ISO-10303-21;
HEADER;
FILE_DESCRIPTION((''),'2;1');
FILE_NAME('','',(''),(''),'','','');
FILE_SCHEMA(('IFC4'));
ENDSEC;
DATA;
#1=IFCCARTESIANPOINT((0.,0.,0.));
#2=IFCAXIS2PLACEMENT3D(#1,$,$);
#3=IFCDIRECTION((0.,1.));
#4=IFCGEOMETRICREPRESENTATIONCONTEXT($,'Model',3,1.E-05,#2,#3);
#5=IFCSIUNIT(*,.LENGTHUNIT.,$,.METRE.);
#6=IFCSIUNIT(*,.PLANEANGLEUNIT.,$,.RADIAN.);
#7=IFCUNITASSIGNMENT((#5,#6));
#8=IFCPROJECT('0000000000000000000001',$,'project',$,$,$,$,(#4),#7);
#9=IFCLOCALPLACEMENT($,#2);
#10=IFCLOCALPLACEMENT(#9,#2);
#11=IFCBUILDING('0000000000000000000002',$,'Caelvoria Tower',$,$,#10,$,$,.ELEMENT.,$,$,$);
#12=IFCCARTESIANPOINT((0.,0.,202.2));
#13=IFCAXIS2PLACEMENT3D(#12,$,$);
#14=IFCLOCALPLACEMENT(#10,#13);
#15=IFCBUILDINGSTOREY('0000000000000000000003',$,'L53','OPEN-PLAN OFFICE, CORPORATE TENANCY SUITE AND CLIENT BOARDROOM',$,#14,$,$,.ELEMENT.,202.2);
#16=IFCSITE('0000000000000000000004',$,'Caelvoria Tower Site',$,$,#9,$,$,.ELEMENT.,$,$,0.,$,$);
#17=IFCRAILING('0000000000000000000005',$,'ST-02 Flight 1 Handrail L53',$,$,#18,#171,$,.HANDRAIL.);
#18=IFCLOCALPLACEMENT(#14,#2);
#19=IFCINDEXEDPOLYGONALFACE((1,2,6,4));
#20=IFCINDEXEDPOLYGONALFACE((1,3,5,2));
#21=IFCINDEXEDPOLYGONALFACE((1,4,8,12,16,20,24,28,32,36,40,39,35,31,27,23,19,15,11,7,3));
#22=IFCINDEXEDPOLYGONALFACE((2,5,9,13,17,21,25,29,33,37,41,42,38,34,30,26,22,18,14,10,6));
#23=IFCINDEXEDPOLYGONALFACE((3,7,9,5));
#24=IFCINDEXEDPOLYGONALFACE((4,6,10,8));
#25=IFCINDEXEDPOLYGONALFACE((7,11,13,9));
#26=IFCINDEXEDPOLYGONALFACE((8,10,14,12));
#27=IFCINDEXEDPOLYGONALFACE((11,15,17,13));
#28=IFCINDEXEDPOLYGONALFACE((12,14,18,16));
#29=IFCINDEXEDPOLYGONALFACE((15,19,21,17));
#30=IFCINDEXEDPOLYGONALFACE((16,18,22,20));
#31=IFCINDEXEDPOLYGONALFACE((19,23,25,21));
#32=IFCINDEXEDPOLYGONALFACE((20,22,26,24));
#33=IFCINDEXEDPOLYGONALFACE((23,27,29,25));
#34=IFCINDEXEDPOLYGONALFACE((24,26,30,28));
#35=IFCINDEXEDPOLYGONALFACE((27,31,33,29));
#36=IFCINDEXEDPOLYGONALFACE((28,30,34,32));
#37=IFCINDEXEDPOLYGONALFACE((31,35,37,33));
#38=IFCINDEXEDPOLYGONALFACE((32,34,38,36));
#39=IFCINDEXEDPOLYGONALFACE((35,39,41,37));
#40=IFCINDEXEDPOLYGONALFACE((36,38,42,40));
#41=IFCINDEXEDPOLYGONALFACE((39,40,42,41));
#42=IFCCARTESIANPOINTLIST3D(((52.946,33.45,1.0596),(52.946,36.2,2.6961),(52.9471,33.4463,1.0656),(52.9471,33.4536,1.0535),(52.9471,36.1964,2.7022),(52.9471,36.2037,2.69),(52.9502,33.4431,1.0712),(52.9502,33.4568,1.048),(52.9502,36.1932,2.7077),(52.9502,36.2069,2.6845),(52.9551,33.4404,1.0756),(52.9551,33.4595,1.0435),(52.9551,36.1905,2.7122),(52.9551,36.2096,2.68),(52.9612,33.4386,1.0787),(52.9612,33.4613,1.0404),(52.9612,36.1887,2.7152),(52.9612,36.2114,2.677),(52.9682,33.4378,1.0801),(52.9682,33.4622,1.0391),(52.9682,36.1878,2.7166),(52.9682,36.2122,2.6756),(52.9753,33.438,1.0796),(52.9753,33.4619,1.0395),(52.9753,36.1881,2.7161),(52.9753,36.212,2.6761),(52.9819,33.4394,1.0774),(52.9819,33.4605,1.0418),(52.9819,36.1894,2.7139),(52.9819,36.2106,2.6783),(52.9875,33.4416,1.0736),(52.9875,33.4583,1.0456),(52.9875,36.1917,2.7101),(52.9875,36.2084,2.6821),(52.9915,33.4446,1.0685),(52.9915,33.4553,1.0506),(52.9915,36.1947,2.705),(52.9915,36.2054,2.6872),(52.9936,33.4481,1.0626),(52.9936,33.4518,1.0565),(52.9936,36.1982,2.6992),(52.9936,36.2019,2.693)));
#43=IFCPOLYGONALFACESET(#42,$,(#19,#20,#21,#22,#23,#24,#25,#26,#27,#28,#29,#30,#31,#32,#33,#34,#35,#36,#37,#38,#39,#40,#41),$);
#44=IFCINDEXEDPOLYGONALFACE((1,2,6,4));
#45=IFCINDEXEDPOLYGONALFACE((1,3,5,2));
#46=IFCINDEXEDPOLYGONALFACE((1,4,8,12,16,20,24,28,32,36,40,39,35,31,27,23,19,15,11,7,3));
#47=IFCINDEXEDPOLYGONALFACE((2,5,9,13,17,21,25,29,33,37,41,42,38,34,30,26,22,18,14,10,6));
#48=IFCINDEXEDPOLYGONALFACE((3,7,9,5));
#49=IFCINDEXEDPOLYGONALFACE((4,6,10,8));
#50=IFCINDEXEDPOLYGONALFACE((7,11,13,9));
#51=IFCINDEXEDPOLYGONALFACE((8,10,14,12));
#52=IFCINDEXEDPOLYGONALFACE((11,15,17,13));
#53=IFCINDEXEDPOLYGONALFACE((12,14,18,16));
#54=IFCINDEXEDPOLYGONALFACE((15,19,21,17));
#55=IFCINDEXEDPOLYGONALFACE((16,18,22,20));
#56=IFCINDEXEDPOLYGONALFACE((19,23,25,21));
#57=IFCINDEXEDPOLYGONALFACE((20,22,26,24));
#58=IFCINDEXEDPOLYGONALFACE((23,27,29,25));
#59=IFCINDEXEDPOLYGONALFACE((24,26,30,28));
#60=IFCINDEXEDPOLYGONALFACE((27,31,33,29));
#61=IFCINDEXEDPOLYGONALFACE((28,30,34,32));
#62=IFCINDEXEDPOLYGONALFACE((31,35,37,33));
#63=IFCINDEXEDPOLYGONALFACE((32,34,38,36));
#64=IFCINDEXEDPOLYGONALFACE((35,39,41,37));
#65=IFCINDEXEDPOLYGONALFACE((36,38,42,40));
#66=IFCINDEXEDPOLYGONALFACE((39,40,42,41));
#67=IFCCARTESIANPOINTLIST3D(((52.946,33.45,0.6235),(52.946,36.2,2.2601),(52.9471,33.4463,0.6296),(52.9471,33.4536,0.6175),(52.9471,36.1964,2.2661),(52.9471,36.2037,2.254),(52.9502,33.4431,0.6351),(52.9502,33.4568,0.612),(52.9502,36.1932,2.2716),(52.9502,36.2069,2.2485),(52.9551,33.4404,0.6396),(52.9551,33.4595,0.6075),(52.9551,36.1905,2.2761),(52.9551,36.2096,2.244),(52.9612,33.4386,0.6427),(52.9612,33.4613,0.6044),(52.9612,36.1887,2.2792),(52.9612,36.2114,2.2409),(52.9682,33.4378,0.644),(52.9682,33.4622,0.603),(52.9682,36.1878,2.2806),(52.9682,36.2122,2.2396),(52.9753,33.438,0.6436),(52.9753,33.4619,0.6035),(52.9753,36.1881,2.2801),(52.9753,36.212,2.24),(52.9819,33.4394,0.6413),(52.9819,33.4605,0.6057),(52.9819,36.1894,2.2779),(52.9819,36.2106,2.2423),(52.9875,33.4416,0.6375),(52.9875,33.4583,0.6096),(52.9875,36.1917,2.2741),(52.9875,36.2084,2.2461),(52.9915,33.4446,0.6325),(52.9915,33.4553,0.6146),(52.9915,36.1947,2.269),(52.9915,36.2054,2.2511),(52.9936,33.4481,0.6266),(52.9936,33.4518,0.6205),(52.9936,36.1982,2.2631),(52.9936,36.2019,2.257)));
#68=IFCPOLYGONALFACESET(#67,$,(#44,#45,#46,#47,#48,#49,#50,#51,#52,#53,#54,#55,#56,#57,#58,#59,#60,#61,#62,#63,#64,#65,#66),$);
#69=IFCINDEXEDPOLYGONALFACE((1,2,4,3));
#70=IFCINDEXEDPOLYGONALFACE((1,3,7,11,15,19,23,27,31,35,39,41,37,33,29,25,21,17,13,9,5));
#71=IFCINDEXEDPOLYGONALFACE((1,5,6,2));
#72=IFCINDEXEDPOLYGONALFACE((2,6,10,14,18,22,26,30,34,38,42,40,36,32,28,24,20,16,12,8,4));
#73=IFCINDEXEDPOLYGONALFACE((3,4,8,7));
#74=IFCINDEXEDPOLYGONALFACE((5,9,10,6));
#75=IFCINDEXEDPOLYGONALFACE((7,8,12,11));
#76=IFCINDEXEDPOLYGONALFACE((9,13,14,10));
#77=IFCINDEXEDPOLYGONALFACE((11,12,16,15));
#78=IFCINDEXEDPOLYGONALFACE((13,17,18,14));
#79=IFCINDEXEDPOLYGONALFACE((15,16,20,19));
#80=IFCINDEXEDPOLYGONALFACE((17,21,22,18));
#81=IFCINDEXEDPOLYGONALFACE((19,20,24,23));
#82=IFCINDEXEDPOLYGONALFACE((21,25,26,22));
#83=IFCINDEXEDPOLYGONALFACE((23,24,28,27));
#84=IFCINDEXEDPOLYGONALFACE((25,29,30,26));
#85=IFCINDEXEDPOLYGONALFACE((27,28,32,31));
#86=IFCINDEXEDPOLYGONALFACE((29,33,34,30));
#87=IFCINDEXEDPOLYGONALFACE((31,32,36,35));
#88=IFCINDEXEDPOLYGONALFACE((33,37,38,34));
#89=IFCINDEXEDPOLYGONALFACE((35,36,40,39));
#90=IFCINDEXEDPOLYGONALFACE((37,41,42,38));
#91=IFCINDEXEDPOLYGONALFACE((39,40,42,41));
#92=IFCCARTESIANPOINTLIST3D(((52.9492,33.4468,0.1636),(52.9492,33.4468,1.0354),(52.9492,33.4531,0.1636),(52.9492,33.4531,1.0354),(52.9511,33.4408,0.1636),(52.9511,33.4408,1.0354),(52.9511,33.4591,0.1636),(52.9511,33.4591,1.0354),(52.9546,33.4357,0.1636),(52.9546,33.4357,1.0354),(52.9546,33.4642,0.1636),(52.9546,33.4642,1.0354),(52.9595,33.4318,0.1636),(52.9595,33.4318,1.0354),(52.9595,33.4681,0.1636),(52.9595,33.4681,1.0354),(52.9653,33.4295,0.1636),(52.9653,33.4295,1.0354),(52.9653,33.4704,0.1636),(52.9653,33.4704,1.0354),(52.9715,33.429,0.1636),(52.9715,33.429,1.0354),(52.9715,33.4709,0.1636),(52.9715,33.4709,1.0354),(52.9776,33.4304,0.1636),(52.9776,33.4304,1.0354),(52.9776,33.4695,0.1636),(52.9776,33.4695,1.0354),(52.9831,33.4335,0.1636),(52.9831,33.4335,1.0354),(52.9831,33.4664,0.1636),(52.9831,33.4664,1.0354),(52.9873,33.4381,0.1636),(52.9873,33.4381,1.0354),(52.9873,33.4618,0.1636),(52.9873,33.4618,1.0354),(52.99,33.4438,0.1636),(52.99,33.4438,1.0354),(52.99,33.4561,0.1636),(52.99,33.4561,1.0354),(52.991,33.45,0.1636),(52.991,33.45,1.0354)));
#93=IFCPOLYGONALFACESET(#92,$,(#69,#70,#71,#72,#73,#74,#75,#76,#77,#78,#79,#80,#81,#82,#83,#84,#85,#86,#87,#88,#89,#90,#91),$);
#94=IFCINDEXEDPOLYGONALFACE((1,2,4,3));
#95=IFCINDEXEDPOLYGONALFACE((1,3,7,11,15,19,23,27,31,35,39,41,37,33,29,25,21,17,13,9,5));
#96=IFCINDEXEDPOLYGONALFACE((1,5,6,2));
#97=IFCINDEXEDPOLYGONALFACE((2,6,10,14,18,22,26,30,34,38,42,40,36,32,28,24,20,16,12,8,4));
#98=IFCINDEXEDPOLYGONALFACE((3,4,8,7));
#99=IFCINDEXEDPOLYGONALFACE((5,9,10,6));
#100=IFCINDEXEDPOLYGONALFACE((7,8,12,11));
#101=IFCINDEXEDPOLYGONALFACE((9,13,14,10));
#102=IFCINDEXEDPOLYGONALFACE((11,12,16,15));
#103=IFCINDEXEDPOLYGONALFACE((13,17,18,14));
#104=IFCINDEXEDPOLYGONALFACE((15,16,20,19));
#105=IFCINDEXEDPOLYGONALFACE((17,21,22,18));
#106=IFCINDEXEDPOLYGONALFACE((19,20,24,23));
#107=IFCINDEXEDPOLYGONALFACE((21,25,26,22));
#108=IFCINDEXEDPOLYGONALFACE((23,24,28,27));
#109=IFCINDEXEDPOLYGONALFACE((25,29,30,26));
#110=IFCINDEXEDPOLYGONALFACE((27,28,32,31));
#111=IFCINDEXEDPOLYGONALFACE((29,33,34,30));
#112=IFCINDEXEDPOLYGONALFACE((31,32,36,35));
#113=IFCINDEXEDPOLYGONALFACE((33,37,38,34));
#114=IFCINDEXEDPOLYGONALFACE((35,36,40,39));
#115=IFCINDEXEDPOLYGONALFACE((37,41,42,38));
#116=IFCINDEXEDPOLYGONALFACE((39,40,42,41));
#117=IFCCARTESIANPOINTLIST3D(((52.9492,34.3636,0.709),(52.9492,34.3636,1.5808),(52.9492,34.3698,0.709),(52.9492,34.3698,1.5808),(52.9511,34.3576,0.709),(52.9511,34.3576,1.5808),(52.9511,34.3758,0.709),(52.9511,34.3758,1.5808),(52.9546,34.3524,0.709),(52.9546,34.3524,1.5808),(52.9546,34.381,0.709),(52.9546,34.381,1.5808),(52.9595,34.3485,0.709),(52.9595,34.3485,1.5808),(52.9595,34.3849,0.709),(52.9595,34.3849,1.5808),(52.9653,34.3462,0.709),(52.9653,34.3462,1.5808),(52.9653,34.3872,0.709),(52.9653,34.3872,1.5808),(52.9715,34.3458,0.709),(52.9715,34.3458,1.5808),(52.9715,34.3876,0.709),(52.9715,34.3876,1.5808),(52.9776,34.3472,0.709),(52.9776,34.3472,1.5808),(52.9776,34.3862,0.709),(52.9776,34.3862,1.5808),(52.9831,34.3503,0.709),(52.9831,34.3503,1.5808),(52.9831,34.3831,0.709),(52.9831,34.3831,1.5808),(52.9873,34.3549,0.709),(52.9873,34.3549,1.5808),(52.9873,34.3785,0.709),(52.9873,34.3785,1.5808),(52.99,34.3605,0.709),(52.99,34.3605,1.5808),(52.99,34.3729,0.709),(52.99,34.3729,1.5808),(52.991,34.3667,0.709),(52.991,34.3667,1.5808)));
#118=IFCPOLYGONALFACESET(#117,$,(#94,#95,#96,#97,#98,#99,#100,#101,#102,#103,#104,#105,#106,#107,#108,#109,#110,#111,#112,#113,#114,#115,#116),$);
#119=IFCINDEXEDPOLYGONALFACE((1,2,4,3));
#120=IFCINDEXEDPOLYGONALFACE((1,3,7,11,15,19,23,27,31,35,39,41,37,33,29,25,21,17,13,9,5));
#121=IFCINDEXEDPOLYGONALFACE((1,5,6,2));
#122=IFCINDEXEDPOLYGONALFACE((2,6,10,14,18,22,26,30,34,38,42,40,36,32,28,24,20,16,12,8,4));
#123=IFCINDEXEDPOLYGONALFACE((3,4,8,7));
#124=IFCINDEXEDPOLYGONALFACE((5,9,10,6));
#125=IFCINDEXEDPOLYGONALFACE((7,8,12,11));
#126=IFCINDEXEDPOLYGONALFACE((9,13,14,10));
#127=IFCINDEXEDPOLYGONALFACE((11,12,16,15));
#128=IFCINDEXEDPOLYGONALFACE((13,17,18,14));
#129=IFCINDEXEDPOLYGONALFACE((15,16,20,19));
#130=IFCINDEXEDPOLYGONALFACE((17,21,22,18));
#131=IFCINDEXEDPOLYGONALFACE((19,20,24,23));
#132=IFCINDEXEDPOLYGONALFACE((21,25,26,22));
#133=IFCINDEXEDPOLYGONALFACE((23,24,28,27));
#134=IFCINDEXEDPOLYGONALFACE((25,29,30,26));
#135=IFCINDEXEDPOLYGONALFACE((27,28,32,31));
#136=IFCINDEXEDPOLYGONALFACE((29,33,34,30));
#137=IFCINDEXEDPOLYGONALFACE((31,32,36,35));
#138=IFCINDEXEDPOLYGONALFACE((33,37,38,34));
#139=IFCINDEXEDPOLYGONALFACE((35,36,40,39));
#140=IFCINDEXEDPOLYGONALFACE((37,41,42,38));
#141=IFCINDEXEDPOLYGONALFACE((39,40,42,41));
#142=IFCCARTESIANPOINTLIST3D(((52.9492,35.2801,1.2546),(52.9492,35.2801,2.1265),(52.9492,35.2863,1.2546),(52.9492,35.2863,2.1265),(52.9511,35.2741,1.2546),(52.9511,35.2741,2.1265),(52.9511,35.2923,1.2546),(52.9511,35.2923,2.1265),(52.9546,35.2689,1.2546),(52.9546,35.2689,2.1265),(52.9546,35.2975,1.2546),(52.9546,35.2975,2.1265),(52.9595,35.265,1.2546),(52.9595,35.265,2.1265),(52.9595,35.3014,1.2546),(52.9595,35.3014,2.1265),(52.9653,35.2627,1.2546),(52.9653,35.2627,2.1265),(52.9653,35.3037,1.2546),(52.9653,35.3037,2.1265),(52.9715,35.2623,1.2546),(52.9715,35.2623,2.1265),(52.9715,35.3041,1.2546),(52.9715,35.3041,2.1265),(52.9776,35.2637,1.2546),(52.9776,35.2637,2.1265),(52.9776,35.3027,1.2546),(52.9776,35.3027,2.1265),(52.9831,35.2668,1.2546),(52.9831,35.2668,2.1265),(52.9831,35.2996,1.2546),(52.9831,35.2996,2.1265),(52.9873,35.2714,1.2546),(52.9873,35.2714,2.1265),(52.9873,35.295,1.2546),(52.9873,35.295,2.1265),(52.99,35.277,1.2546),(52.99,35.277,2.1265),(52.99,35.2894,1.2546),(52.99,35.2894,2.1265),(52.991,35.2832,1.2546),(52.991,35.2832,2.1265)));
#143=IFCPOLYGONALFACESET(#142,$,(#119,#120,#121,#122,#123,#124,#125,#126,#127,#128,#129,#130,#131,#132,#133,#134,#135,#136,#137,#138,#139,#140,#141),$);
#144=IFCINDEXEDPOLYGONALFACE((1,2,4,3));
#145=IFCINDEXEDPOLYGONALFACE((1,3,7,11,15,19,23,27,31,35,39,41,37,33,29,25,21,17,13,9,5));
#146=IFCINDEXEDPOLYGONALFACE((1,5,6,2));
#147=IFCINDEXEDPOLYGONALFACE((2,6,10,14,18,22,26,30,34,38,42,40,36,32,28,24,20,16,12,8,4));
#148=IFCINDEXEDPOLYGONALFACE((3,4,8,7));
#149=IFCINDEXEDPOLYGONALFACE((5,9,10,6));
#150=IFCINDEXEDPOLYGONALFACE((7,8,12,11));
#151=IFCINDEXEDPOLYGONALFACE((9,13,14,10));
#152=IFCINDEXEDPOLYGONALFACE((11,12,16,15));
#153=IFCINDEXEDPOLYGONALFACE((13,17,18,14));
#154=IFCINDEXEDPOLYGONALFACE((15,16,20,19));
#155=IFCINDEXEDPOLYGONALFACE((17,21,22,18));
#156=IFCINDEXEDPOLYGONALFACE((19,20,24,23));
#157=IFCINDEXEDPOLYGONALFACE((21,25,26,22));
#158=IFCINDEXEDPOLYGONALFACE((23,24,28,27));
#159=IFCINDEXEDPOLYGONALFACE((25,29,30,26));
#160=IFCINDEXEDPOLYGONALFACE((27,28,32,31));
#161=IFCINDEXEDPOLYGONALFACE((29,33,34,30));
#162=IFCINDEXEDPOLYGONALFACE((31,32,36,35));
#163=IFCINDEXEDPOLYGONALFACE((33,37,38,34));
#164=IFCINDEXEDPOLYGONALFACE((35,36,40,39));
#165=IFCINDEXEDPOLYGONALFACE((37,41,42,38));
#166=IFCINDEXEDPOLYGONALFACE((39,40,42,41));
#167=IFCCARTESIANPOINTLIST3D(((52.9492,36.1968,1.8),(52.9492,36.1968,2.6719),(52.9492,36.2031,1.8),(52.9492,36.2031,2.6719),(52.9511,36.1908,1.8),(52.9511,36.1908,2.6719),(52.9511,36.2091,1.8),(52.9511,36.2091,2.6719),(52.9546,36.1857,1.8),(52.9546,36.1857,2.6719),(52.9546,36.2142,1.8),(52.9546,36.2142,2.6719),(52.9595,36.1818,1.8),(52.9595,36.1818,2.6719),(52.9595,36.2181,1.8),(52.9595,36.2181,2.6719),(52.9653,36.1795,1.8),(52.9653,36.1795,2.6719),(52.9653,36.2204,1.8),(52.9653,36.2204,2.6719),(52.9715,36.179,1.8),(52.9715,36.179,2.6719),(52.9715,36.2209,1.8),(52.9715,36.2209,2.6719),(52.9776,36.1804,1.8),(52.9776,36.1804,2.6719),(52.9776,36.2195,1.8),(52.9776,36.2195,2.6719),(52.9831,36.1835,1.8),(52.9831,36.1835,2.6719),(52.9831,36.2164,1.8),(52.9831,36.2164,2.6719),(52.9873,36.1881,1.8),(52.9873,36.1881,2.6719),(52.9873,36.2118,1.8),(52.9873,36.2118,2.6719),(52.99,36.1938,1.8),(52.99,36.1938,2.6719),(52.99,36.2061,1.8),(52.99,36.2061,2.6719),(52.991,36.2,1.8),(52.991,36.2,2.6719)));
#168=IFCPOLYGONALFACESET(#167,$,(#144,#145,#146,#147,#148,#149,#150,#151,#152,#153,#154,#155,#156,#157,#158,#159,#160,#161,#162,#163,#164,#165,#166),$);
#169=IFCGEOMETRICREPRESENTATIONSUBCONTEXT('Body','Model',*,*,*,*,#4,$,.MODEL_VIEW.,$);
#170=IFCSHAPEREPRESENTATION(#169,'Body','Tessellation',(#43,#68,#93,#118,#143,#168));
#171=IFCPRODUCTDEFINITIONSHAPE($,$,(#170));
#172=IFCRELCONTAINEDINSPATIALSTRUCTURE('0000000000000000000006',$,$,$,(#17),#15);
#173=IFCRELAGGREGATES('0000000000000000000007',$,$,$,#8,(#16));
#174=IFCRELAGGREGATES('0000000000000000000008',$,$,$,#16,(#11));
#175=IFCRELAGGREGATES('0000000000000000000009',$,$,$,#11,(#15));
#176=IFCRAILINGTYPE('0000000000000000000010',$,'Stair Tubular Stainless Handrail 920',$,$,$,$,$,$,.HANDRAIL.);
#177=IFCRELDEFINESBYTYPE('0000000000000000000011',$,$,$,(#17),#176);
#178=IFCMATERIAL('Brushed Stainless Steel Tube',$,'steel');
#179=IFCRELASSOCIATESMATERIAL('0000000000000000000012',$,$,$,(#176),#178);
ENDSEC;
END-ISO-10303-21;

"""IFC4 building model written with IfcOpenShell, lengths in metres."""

from ifc_helpers import new_model, si_unit, direction, frame, origin, origin_2d, place, context, subcontext, project, spatial, circle, extrude, material, type_object, element, save


model = new_model("IFC4")

# Units and contexts
model_context = context("Model", 3, precision=1e-05, world=origin(), true_north=direction((0.0, 1.0)))
body_context = subcontext(model_context, "Body", "Model", "MODEL_VIEW")
ifc_project = project(units=[si_unit("LENGTHUNIT", "METRE"), si_unit("PLANEANGLEUNIT", "RADIAN")], contexts=[model_context])

# Site, building, storey
site_placement = place(None, origin())
site = spatial("IfcSite", under=ifc_project, at=site_placement, Name="Caelvoria Tower Site", CompositionType="ELEMENT", RefElevation=0.0)
building_placement = place(site_placement, origin())
building = spatial("IfcBuilding", under=site, at=building_placement, Name="Caelvoria Tower", CompositionType="ELEMENT")
storey_placement = place(building_placement, frame((0.0, 0.0, 202.2)))
storey = spatial("IfcBuildingStorey", under=building, at=storey_placement, Name="L53", Description="OPEN-PLAN OFFICE, CORPORATE TENANCY SUITE AND CLIENT BOARDROOM", CompositionType="ELEMENT", Elevation=202.2)

# Railing
ifc_material_1 = material(Name="Brushed Stainless Steel Tube", Category="steel")
railing_type_1 = type_object("IfcRailingType", Name="Stair Tubular Stainless Handrail 920", PredefinedType="HANDRAIL", material=ifc_material_1)
railing_1_placement = place(storey_placement, frame((52.97, 33.45, 0.1636)))
element("IfcRailing", 1, at=railing_1_placement, inside=storey, type_object=railing_type_1, Name="ST-02 Flight 1 Handrail L53", PredefinedType="HANDRAIL", context=body_context, shape_type="SweptSolid", body=[
    extrude(circle(Radius=0.0239, at=origin_2d()), frame((0.0, 0.0, 0.896), z_axis=(0.0, 0.859352, 0.511385), x_axis=(-1.0, 0.0, 0.0)), (0.0, 0.0, 1.0), 3.2002),
    extrude(circle(Radius=0.0239, at=origin_2d()), frame((0.0, 0.0, 0.46), z_axis=(0.0, 0.859352, 0.511385), x_axis=(-1.0, 0.0, 0.0)), (0.0, 0.0, 1.0), 3.2002),
    extrude(circle(Radius=0.021, at=origin_2d()), origin(), (0.0, 0.0, 1.0), 0.8718),
    extrude(circle(Radius=0.021, at=origin_2d()), frame((0.0, 0.9167, 0.5454)), (0.0, 0.0, 1.0), 0.8718),
    extrude(circle(Radius=0.021, at=origin_2d()), frame((0.0, 1.8333, 1.0911)), (0.0, 0.0, 1.0), 0.8718),
    extrude(circle(Radius=0.021, at=origin_2d()), frame((0.0, 2.75, 1.6365)), (0.0, 0.0, 1.0), 0.8718),
])

save(model, "model.ifc")
